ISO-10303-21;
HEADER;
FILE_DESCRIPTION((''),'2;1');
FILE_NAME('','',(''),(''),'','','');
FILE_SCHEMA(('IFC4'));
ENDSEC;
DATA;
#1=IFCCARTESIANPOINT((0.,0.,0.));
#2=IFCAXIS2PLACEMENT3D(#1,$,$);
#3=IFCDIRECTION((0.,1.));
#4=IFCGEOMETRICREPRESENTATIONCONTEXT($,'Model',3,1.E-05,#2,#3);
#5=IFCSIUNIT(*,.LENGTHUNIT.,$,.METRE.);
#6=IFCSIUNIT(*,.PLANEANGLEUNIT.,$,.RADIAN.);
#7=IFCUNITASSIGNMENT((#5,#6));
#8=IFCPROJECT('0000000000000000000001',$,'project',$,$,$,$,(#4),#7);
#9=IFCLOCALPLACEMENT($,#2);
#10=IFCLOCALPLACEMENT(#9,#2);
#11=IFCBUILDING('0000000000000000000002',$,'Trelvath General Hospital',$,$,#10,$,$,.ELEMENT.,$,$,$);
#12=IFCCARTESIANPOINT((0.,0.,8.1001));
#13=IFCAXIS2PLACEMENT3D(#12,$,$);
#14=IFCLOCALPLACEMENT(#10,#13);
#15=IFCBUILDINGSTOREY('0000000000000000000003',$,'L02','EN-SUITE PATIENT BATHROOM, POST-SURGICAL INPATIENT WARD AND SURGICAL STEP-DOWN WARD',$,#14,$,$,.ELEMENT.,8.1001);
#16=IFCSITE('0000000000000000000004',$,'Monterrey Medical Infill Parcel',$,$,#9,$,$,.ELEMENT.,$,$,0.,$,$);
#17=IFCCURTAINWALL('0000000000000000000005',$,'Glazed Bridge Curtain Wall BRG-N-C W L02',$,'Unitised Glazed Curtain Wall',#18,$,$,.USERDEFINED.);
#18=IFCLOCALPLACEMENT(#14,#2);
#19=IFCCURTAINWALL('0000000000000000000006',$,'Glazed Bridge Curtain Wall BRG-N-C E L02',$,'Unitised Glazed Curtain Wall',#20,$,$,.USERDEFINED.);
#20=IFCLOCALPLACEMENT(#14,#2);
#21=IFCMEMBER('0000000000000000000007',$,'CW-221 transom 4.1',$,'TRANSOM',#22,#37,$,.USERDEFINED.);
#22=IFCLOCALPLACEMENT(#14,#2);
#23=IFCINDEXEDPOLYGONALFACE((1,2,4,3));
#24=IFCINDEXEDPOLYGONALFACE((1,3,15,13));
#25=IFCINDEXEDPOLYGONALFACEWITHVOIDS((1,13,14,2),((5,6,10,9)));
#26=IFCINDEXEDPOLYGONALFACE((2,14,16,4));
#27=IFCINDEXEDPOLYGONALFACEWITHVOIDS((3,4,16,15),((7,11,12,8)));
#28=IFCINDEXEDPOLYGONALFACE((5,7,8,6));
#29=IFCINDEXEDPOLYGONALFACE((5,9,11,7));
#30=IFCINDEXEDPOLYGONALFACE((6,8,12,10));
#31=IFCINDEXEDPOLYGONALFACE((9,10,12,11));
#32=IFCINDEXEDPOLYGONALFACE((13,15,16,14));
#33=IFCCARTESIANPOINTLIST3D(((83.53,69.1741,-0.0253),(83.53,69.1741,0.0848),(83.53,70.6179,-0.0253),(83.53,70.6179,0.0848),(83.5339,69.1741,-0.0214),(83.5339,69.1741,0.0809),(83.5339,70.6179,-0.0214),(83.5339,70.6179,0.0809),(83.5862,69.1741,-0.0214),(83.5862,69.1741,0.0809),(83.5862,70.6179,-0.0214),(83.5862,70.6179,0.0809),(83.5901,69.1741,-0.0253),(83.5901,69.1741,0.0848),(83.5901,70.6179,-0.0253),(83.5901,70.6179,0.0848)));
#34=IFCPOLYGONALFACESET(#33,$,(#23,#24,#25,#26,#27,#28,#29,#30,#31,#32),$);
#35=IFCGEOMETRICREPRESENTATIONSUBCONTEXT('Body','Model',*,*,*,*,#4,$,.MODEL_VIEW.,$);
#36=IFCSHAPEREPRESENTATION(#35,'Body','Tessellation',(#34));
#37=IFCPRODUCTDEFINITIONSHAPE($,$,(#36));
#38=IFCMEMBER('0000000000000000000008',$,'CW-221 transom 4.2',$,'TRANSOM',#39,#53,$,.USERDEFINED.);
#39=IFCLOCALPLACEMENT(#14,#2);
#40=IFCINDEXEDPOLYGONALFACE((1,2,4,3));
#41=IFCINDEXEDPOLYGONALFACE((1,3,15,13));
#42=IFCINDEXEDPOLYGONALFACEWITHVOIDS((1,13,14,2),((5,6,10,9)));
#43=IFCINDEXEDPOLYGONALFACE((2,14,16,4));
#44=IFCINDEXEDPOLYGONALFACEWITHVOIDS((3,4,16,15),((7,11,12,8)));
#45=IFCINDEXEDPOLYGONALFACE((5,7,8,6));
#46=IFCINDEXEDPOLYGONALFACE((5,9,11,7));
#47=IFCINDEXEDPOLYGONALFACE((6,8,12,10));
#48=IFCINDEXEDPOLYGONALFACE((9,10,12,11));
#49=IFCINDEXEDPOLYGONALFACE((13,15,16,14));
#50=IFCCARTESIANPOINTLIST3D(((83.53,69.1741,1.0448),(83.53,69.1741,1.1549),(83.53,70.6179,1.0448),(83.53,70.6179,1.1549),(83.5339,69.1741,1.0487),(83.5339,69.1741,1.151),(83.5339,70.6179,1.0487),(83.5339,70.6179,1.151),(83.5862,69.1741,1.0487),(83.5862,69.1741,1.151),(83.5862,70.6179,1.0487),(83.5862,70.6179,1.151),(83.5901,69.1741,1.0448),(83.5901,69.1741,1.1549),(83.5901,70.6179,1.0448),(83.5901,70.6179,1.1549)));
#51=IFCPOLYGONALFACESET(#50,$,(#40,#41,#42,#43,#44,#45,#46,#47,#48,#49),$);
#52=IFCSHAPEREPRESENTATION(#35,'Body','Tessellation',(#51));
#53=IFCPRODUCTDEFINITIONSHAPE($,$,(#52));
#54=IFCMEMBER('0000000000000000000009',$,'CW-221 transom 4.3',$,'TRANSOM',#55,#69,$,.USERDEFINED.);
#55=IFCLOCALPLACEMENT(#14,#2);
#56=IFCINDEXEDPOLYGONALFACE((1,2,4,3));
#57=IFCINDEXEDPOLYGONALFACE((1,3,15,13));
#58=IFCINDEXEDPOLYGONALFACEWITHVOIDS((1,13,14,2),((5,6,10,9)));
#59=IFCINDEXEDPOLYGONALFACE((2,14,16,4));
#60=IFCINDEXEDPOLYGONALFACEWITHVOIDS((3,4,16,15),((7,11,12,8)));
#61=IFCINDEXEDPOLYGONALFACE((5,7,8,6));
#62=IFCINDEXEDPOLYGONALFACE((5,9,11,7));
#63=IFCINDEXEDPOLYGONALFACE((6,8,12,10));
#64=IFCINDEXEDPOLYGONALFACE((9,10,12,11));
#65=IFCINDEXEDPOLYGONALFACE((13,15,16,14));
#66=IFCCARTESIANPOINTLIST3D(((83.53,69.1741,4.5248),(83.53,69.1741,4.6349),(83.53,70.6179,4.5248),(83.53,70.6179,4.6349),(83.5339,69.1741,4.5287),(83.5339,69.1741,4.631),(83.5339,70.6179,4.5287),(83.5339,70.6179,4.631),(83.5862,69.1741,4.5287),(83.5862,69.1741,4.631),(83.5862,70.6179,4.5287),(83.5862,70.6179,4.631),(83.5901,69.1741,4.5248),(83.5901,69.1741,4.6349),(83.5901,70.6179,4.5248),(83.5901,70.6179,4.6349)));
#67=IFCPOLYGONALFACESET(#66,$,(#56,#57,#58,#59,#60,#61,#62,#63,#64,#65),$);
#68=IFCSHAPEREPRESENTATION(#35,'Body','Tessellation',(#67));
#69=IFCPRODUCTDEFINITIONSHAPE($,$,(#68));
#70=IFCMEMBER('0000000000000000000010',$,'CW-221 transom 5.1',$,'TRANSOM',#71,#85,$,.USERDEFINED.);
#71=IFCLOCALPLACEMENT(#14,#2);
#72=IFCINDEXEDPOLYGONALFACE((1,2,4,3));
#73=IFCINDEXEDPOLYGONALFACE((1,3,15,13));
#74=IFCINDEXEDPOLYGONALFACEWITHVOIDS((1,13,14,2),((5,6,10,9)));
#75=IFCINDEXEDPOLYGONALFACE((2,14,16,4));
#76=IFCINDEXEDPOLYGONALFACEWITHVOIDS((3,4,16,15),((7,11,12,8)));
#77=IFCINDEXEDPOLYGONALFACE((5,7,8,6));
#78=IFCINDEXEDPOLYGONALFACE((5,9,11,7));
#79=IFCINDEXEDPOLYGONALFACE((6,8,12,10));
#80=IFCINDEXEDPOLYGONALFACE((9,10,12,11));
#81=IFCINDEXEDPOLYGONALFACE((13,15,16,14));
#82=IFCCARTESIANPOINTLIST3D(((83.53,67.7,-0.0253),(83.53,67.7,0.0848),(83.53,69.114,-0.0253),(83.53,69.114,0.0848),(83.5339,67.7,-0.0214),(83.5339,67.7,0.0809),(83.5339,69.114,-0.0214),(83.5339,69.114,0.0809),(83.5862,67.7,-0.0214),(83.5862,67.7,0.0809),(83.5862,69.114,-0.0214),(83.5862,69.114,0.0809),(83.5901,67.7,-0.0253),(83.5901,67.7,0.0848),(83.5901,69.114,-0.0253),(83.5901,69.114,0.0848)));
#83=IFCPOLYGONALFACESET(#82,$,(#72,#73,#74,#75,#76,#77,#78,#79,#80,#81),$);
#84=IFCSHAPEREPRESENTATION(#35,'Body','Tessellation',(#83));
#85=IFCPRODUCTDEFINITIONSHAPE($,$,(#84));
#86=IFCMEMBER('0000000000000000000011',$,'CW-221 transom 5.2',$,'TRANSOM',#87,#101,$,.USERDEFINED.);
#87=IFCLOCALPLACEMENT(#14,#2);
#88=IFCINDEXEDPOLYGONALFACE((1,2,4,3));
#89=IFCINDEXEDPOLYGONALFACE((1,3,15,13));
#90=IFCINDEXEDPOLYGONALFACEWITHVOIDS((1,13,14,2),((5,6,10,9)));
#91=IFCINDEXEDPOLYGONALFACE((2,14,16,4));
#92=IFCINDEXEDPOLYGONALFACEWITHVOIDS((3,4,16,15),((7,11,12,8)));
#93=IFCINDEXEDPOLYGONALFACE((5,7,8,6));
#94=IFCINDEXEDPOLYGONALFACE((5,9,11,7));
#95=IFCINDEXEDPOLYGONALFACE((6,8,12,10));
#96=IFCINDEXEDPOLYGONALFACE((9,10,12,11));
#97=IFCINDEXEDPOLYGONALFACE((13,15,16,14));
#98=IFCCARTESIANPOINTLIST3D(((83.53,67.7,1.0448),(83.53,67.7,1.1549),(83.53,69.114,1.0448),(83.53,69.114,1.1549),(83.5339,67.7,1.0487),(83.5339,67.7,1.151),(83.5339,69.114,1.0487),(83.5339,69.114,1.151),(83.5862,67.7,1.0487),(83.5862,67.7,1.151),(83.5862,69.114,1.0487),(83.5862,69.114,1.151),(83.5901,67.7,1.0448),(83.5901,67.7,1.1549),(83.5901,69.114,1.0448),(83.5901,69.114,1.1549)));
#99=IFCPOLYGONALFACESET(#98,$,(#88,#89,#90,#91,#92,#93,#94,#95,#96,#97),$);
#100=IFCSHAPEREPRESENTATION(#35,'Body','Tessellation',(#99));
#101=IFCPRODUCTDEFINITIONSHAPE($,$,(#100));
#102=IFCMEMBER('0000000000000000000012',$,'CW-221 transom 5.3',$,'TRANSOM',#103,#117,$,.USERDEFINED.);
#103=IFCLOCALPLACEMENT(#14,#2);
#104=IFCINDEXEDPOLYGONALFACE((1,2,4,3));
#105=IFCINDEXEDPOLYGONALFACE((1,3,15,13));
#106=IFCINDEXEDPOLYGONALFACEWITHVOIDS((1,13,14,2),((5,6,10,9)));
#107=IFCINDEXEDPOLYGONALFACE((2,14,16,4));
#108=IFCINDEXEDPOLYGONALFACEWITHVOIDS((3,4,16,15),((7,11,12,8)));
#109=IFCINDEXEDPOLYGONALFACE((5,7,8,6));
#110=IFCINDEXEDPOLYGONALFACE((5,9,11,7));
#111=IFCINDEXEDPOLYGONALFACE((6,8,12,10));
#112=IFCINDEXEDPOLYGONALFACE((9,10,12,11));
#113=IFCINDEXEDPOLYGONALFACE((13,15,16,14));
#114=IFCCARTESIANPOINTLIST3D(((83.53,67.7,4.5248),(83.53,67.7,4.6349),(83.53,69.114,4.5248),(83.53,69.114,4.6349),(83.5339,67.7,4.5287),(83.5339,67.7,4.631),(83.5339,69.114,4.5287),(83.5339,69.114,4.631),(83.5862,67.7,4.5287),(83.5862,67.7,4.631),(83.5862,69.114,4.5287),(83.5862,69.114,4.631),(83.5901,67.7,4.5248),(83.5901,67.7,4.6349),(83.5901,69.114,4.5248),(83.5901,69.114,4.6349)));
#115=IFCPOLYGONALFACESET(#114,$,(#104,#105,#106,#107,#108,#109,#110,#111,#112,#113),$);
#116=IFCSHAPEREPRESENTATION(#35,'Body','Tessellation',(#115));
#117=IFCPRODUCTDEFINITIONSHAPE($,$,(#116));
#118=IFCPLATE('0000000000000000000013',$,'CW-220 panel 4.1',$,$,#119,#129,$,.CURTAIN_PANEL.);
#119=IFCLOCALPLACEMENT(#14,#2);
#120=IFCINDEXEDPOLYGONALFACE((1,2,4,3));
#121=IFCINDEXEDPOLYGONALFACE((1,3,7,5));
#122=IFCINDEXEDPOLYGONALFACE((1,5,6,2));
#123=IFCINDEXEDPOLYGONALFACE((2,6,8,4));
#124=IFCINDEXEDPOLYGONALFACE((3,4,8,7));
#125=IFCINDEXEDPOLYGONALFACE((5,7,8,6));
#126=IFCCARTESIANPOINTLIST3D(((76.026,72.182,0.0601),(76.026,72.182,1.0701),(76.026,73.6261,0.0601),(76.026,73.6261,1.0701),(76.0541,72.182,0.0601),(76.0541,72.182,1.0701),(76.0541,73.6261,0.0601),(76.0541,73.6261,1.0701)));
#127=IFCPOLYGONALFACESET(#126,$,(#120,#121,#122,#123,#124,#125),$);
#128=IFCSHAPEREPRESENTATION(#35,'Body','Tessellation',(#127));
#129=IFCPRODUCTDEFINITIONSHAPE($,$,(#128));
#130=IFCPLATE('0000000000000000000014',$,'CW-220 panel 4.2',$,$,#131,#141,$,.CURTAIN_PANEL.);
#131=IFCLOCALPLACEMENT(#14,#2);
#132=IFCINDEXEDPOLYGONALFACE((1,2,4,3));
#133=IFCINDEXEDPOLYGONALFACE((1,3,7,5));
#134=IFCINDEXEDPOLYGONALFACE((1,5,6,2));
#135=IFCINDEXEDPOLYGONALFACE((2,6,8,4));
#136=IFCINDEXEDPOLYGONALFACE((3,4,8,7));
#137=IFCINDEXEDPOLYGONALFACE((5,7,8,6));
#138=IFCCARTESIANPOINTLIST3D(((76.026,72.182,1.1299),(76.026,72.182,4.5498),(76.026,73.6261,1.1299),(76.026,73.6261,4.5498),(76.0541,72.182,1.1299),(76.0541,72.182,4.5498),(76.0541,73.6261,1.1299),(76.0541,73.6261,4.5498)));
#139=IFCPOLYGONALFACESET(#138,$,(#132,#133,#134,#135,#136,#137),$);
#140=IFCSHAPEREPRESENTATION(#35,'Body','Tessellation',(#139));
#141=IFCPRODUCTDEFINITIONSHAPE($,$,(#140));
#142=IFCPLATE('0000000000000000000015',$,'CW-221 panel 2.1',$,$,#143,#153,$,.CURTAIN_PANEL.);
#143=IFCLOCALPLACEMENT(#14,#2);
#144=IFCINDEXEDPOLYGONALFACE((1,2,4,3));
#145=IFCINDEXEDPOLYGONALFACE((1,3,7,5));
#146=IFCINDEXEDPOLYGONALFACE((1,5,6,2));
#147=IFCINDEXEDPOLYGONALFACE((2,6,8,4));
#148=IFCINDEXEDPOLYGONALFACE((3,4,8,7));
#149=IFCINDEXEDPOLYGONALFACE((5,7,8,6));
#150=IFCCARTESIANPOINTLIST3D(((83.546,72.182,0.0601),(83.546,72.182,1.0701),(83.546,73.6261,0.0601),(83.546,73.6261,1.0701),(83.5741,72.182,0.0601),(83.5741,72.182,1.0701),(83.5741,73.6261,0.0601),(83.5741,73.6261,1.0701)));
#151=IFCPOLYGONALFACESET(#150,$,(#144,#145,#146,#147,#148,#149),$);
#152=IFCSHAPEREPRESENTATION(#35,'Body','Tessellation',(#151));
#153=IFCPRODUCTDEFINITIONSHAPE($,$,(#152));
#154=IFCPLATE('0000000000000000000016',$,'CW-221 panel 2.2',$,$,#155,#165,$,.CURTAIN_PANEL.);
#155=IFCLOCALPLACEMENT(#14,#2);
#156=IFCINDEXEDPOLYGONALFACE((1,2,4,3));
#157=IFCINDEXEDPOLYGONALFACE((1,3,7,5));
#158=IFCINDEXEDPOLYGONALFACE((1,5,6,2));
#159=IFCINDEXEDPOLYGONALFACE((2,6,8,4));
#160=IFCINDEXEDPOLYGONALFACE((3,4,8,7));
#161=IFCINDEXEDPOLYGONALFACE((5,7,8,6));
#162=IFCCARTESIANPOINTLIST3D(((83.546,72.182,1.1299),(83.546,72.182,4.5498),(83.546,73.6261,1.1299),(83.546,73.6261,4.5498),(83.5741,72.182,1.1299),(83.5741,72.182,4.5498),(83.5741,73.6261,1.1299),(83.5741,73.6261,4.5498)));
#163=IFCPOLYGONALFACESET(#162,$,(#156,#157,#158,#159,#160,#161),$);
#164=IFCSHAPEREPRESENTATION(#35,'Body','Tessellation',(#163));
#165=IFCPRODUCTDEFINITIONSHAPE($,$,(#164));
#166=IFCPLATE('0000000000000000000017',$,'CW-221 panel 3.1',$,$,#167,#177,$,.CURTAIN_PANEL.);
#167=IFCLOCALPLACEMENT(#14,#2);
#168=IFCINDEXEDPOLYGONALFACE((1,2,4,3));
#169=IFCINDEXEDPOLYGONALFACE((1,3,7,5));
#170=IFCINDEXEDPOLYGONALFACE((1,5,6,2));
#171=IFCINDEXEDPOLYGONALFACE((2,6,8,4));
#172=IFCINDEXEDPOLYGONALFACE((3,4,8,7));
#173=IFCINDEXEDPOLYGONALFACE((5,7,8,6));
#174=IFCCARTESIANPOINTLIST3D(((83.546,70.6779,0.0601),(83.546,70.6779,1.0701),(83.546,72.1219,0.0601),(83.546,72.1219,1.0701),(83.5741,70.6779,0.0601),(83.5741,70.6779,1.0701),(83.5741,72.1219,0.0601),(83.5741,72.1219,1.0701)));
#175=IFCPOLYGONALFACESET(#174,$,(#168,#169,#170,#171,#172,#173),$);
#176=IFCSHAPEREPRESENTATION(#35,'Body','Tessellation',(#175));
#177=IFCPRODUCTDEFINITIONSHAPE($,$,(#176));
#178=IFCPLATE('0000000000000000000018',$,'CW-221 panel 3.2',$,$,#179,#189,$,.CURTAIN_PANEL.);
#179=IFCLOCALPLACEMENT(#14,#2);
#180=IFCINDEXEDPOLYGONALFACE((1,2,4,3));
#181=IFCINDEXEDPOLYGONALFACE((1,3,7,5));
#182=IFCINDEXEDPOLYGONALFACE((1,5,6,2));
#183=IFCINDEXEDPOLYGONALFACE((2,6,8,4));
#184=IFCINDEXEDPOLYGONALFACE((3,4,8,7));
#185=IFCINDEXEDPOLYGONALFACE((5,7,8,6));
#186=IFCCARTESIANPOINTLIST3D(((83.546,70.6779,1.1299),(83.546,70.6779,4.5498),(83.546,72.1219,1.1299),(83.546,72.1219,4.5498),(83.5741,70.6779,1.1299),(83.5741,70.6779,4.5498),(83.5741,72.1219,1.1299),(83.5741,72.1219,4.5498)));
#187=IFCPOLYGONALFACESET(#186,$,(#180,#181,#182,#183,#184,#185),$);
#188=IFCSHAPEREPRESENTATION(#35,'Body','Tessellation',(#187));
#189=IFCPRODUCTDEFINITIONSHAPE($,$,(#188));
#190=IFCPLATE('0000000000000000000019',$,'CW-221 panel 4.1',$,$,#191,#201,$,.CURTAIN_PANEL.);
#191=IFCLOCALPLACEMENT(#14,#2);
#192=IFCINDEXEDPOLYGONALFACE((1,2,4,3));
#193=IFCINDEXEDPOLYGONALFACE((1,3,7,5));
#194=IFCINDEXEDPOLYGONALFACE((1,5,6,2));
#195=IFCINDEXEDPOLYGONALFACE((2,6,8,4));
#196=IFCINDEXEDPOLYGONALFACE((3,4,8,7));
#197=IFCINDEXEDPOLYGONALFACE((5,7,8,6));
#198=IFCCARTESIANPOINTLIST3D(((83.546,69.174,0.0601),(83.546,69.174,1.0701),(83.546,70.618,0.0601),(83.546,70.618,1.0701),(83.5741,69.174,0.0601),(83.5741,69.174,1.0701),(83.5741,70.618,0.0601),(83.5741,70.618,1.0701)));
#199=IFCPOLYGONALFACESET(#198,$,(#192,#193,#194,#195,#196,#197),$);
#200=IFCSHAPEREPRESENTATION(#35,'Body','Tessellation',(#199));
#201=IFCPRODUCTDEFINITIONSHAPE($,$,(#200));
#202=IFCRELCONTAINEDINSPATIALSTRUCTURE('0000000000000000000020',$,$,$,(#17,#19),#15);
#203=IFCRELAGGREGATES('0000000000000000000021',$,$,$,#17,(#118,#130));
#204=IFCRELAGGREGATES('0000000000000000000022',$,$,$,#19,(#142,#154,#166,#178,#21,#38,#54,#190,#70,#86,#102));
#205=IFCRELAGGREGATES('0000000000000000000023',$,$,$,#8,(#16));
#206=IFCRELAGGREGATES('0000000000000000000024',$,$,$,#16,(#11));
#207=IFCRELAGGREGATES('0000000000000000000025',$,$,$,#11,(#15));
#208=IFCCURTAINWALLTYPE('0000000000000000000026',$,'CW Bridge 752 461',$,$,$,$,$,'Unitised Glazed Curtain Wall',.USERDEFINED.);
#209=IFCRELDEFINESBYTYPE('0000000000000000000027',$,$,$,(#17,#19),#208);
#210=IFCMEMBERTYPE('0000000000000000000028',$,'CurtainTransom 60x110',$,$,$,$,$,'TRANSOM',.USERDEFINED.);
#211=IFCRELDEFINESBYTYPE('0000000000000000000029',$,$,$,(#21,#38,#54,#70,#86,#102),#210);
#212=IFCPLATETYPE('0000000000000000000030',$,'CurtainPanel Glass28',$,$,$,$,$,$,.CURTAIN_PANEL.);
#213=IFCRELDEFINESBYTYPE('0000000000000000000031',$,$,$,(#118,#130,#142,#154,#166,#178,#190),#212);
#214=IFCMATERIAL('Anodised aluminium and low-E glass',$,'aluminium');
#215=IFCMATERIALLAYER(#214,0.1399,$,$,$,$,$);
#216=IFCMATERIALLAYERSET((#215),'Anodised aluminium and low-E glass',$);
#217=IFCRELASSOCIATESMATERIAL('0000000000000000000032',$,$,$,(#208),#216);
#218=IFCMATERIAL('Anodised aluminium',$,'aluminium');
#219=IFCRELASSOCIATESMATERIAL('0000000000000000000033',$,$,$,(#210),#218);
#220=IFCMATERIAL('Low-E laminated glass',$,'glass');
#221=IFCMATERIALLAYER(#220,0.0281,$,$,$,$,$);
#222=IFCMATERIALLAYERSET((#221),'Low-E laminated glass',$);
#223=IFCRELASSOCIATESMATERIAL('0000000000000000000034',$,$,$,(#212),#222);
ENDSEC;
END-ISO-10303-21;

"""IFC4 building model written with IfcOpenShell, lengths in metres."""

from ifc_helpers import new_model, si_unit, direction, frame, origin, origin_2d, place, context, subcontext, project, spatial, rectangle, hollow_rectangle, extrude, material, layer, layer_set, material_profile, profile_set, type_object, element, aggregate, save


model = new_model("IFC4")

# Units and contexts
model_context = context("Model", 3, precision=1e-05, world=origin(), true_north=direction((0.0, 1.0)))
body_context = subcontext(model_context, "Body", "Model", "MODEL_VIEW")
ifc_project = project(units=[si_unit("LENGTHUNIT", "METRE"), si_unit("PLANEANGLEUNIT", "RADIAN")], contexts=[model_context])

# Site, building, storey
site_placement = place(None, origin())
site = spatial("IfcSite", under=ifc_project, at=site_placement, Name="Monterrey Medical Infill Parcel", CompositionType="ELEMENT", RefElevation=0.0)
building_placement = place(site_placement, origin())
building = spatial("IfcBuilding", under=site, at=building_placement, Name="Trelvath General Hospital", CompositionType="ELEMENT")
storey_placement = place(building_placement, frame((0.0, 0.0, 8.1001)))
storey = spatial("IfcBuildingStorey", under=building, at=storey_placement, Name="L02", Description="EN-SUITE PATIENT BATHROOM, POST-SURGICAL INPATIENT WARD AND SURGICAL STEP-DOWN WARD", CompositionType="ELEMENT", Elevation=8.1001)

# Curtain wall
ifc_material_1 = material(Name="Anodised aluminium and low-E glass", Category="aluminium")
ifc_layer_1 = layer(ifc_material_1, 0.1399)
ifc_layer_set_1 = layer_set([ifc_layer_1], Name="Anodised aluminium and low-E glass")
curtain_wall_type = type_object("IfcCurtainWallType", Name="CW Bridge 752 461", ElementType="Unitised Glazed Curtain Wall", PredefinedType="USERDEFINED", material=ifc_layer_set_1)
curtain_wall_1_placement = place(storey_placement, origin())
curtain_wall_1 = element("IfcCurtainWall", 1, at=curtain_wall_1_placement, inside=storey, type_object=curtain_wall_type, Name="Glazed Bridge Curtain Wall BRG-N-C W L02", ObjectType="Unitised Glazed Curtain Wall", PredefinedType="USERDEFINED")

# Curtain wall, members
curtain_wall_2_placement = place(storey_placement, origin())
curtain_wall_2 = element("IfcCurtainWall", 2, at=curtain_wall_2_placement, inside=storey, type_object=curtain_wall_type, Name="Glazed Bridge Curtain Wall BRG-N-C E L02", ObjectType="Unitised Glazed Curtain Wall", PredefinedType="USERDEFINED")
ifc_material_2 = material(Name="Anodised aluminium", Category="aluminium")
ifc_material_profile_1 = material_profile(ifc_material_2, hollow_rectangle(XDim=0.0601, YDim=0.1101, WallThickness=0.0039, at=origin_2d()), Name="RHS60x110x4")
ifc_profile_set_1 = profile_set([ifc_material_profile_1], Name="Anodised aluminium")
member_type_1 = type_object("IfcMemberType", Name="CurtainTransom 60x110", ElementType="TRANSOM", PredefinedType="USERDEFINED", material=ifc_profile_set_1)
member_1_placement = place(storey_placement, frame((83.5601, 70.6179, 0.0298), z_axis=(0.0, -1.0, 0.0), x_axis=(1.0, 0.0, 0.0)))
member_1 = element("IfcMember", 3, at=member_1_placement, type_object=member_type_1, Name="CW-221 transom 4.1", ObjectType="TRANSOM", PredefinedType="USERDEFINED", context=body_context, shape_type="SweptSolid", body=[
    extrude(hollow_rectangle(XDim=0.0601, YDim=0.1101, WallThickness=0.0039, at=origin_2d()), origin(), (0.0, 0.0, 1.0), 1.4438),
])
member_2_placement = place(storey_placement, frame((83.5601, 70.6179, 1.0999), z_axis=(0.0, -1.0, 0.0), x_axis=(1.0, 0.0, 0.0)))
member_2 = element("IfcMember", 4, at=member_2_placement, type_object=member_type_1, Name="CW-221 transom 4.2", ObjectType="TRANSOM", PredefinedType="USERDEFINED", context=body_context, shape_type="SweptSolid", body=[
    extrude(hollow_rectangle(XDim=0.0601, YDim=0.1101, WallThickness=0.0039, at=origin_2d()), origin(), (0.0, 0.0, 1.0), 1.4438),
])
member_3_placement = place(storey_placement, frame((83.5601, 70.6179, 4.5798), z_axis=(0.0, -1.0, 0.0), x_axis=(1.0, 0.0, 0.0)))
member_3 = element("IfcMember", 5, at=member_3_placement, type_object=member_type_1, Name="CW-221 transom 4.3", ObjectType="TRANSOM", PredefinedType="USERDEFINED", context=body_context, shape_type="SweptSolid", body=[
    extrude(hollow_rectangle(XDim=0.0601, YDim=0.1101, WallThickness=0.0039, at=origin_2d()), origin(), (0.0, 0.0, 1.0), 1.4438),
])
member_4_placement = place(storey_placement, frame((83.5601, 69.114, 0.0298), z_axis=(0.0, -1.0, 0.0), x_axis=(1.0, 0.0, 0.0)))
member_4 = element("IfcMember", 6, at=member_4_placement, type_object=member_type_1, Name="CW-221 transom 5.1", ObjectType="TRANSOM", PredefinedType="USERDEFINED", context=body_context, shape_type="SweptSolid", body=[
    extrude(hollow_rectangle(XDim=0.0601, YDim=0.1101, WallThickness=0.0039, at=origin_2d()), origin(), (0.0, 0.0, 1.0), 1.4141),
])
member_5_placement = place(storey_placement, frame((83.5601, 69.114, 1.0999), z_axis=(0.0, -1.0, 0.0), x_axis=(1.0, 0.0, 0.0)))
member_5 = element("IfcMember", 7, at=member_5_placement, type_object=member_type_1, Name="CW-221 transom 5.2", ObjectType="TRANSOM", PredefinedType="USERDEFINED", context=body_context, shape_type="SweptSolid", body=[
    extrude(hollow_rectangle(XDim=0.0601, YDim=0.1101, WallThickness=0.0039, at=origin_2d()), origin(), (0.0, 0.0, 1.0), 1.4141),
])
member_6_placement = place(storey_placement, frame((83.5601, 69.114, 4.5798), z_axis=(0.0, -1.0, 0.0), x_axis=(1.0, 0.0, 0.0)))
member_6 = element("IfcMember", 8, at=member_6_placement, type_object=member_type_1, Name="CW-221 transom 5.3", ObjectType="TRANSOM", PredefinedType="USERDEFINED", context=body_context, shape_type="SweptSolid", body=[
    extrude(hollow_rectangle(XDim=0.0601, YDim=0.1101, WallThickness=0.0039, at=origin_2d()), origin(), (0.0, 0.0, 1.0), 1.4141),
])

# Plates
ifc_material_3 = material(Name="Low-E laminated glass", Category="glass")
ifc_layer_2 = layer(ifc_material_3, 0.0281)
ifc_layer_set_2 = layer_set([ifc_layer_2], Name="Low-E laminated glass")
plate_type = type_object("IfcPlateType", Name="CurtainPanel Glass28", PredefinedType="CURTAIN_PANEL", material=ifc_layer_set_2)
plate_1_placement = place(storey_placement, frame((76.04, 72.9041, 0.0601), z_axis=(0.0, 0.0, 1.0), x_axis=(0.0, 1.0, 0.0)))
plate_1 = element("IfcPlate", 9, at=plate_1_placement, type_object=plate_type, Name="CW-220 panel 4.1", PredefinedType="CURTAIN_PANEL", context=body_context, shape_type="SweptSolid", body=[
    extrude(rectangle(XDim=1.4441, YDim=0.0281, at=origin_2d()), origin(), (0.0, 0.0, 1.0), 1.01),
])
plate_2_placement = place(storey_placement, frame((76.04, 72.9041, 1.1299), z_axis=(0.0, 0.0, 1.0), x_axis=(0.0, 1.0, 0.0)))
plate_2 = element("IfcPlate", 10, at=plate_2_placement, type_object=plate_type, Name="CW-220 panel 4.2", PredefinedType="CURTAIN_PANEL", context=body_context, shape_type="SweptSolid", body=[
    extrude(rectangle(XDim=1.4441, YDim=0.0281, at=origin_2d()), origin(), (0.0, 0.0, 1.0), 3.4199),
])
aggregate(curtain_wall_1, [plate_1, plate_2])
plate_3_placement = place(storey_placement, frame((83.5601, 72.9041, 0.0601), z_axis=(0.0, 0.0, 1.0), x_axis=(0.0, -1.0, 0.0)))
plate_3 = element("IfcPlate", 11, at=plate_3_placement, type_object=plate_type, Name="CW-221 panel 2.1", PredefinedType="CURTAIN_PANEL", context=body_context, shape_type="SweptSolid", body=[
    extrude(rectangle(XDim=1.4441, YDim=0.0281, at=origin_2d()), origin(), (0.0, 0.0, 1.0), 1.01),
])
plate_4_placement = place(storey_placement, frame((83.5601, 72.9041, 1.1299), z_axis=(0.0, 0.0, 1.0), x_axis=(0.0, -1.0, 0.0)))
plate_4 = element("IfcPlate", 12, at=plate_4_placement, type_object=plate_type, Name="CW-221 panel 2.2", PredefinedType="CURTAIN_PANEL", context=body_context, shape_type="SweptSolid", body=[
    extrude(rectangle(XDim=1.4441, YDim=0.0281, at=origin_2d()), origin(), (0.0, 0.0, 1.0), 3.4199),
])
plate_5_placement = place(storey_placement, frame((83.5601, 71.3999, 0.0601), z_axis=(0.0, 0.0, 1.0), x_axis=(0.0, -1.0, 0.0)))
plate_5 = element("IfcPlate", 13, at=plate_5_placement, type_object=plate_type, Name="CW-221 panel 3.1", PredefinedType="CURTAIN_PANEL", context=body_context, shape_type="SweptSolid", body=[
    extrude(rectangle(XDim=1.4441, YDim=0.0281, at=origin_2d()), origin(), (0.0, 0.0, 1.0), 1.01),
])
plate_6_placement = place(storey_placement, frame((83.5601, 71.3999, 1.1299), z_axis=(0.0, 0.0, 1.0), x_axis=(0.0, -1.0, 0.0)))
plate_6 = element("IfcPlate", 14, at=plate_6_placement, type_object=plate_type, Name="CW-221 panel 3.2", PredefinedType="CURTAIN_PANEL", context=body_context, shape_type="SweptSolid", body=[
    extrude(rectangle(XDim=1.4441, YDim=0.0281, at=origin_2d()), origin(), (0.0, 0.0, 1.0), 3.4199),
])
plate_7_placement = place(storey_placement, frame((83.5601, 69.896, 0.0601), z_axis=(0.0, 0.0, 1.0), x_axis=(0.0, -1.0, 0.0)))
plate_7 = element("IfcPlate", 15, at=plate_7_placement, type_object=plate_type, Name="CW-221 panel 4.1", PredefinedType="CURTAIN_PANEL", context=body_context, shape_type="SweptSolid", body=[
    extrude(rectangle(XDim=1.4441, YDim=0.0281, at=origin_2d()), origin(), (0.0, 0.0, 1.0), 1.01),
])
aggregate(curtain_wall_2, [plate_3, plate_4, plate_5, plate_6, member_1, member_2, member_3, plate_7, member_4, member_5, member_6])

save(model, "model.ifc")
